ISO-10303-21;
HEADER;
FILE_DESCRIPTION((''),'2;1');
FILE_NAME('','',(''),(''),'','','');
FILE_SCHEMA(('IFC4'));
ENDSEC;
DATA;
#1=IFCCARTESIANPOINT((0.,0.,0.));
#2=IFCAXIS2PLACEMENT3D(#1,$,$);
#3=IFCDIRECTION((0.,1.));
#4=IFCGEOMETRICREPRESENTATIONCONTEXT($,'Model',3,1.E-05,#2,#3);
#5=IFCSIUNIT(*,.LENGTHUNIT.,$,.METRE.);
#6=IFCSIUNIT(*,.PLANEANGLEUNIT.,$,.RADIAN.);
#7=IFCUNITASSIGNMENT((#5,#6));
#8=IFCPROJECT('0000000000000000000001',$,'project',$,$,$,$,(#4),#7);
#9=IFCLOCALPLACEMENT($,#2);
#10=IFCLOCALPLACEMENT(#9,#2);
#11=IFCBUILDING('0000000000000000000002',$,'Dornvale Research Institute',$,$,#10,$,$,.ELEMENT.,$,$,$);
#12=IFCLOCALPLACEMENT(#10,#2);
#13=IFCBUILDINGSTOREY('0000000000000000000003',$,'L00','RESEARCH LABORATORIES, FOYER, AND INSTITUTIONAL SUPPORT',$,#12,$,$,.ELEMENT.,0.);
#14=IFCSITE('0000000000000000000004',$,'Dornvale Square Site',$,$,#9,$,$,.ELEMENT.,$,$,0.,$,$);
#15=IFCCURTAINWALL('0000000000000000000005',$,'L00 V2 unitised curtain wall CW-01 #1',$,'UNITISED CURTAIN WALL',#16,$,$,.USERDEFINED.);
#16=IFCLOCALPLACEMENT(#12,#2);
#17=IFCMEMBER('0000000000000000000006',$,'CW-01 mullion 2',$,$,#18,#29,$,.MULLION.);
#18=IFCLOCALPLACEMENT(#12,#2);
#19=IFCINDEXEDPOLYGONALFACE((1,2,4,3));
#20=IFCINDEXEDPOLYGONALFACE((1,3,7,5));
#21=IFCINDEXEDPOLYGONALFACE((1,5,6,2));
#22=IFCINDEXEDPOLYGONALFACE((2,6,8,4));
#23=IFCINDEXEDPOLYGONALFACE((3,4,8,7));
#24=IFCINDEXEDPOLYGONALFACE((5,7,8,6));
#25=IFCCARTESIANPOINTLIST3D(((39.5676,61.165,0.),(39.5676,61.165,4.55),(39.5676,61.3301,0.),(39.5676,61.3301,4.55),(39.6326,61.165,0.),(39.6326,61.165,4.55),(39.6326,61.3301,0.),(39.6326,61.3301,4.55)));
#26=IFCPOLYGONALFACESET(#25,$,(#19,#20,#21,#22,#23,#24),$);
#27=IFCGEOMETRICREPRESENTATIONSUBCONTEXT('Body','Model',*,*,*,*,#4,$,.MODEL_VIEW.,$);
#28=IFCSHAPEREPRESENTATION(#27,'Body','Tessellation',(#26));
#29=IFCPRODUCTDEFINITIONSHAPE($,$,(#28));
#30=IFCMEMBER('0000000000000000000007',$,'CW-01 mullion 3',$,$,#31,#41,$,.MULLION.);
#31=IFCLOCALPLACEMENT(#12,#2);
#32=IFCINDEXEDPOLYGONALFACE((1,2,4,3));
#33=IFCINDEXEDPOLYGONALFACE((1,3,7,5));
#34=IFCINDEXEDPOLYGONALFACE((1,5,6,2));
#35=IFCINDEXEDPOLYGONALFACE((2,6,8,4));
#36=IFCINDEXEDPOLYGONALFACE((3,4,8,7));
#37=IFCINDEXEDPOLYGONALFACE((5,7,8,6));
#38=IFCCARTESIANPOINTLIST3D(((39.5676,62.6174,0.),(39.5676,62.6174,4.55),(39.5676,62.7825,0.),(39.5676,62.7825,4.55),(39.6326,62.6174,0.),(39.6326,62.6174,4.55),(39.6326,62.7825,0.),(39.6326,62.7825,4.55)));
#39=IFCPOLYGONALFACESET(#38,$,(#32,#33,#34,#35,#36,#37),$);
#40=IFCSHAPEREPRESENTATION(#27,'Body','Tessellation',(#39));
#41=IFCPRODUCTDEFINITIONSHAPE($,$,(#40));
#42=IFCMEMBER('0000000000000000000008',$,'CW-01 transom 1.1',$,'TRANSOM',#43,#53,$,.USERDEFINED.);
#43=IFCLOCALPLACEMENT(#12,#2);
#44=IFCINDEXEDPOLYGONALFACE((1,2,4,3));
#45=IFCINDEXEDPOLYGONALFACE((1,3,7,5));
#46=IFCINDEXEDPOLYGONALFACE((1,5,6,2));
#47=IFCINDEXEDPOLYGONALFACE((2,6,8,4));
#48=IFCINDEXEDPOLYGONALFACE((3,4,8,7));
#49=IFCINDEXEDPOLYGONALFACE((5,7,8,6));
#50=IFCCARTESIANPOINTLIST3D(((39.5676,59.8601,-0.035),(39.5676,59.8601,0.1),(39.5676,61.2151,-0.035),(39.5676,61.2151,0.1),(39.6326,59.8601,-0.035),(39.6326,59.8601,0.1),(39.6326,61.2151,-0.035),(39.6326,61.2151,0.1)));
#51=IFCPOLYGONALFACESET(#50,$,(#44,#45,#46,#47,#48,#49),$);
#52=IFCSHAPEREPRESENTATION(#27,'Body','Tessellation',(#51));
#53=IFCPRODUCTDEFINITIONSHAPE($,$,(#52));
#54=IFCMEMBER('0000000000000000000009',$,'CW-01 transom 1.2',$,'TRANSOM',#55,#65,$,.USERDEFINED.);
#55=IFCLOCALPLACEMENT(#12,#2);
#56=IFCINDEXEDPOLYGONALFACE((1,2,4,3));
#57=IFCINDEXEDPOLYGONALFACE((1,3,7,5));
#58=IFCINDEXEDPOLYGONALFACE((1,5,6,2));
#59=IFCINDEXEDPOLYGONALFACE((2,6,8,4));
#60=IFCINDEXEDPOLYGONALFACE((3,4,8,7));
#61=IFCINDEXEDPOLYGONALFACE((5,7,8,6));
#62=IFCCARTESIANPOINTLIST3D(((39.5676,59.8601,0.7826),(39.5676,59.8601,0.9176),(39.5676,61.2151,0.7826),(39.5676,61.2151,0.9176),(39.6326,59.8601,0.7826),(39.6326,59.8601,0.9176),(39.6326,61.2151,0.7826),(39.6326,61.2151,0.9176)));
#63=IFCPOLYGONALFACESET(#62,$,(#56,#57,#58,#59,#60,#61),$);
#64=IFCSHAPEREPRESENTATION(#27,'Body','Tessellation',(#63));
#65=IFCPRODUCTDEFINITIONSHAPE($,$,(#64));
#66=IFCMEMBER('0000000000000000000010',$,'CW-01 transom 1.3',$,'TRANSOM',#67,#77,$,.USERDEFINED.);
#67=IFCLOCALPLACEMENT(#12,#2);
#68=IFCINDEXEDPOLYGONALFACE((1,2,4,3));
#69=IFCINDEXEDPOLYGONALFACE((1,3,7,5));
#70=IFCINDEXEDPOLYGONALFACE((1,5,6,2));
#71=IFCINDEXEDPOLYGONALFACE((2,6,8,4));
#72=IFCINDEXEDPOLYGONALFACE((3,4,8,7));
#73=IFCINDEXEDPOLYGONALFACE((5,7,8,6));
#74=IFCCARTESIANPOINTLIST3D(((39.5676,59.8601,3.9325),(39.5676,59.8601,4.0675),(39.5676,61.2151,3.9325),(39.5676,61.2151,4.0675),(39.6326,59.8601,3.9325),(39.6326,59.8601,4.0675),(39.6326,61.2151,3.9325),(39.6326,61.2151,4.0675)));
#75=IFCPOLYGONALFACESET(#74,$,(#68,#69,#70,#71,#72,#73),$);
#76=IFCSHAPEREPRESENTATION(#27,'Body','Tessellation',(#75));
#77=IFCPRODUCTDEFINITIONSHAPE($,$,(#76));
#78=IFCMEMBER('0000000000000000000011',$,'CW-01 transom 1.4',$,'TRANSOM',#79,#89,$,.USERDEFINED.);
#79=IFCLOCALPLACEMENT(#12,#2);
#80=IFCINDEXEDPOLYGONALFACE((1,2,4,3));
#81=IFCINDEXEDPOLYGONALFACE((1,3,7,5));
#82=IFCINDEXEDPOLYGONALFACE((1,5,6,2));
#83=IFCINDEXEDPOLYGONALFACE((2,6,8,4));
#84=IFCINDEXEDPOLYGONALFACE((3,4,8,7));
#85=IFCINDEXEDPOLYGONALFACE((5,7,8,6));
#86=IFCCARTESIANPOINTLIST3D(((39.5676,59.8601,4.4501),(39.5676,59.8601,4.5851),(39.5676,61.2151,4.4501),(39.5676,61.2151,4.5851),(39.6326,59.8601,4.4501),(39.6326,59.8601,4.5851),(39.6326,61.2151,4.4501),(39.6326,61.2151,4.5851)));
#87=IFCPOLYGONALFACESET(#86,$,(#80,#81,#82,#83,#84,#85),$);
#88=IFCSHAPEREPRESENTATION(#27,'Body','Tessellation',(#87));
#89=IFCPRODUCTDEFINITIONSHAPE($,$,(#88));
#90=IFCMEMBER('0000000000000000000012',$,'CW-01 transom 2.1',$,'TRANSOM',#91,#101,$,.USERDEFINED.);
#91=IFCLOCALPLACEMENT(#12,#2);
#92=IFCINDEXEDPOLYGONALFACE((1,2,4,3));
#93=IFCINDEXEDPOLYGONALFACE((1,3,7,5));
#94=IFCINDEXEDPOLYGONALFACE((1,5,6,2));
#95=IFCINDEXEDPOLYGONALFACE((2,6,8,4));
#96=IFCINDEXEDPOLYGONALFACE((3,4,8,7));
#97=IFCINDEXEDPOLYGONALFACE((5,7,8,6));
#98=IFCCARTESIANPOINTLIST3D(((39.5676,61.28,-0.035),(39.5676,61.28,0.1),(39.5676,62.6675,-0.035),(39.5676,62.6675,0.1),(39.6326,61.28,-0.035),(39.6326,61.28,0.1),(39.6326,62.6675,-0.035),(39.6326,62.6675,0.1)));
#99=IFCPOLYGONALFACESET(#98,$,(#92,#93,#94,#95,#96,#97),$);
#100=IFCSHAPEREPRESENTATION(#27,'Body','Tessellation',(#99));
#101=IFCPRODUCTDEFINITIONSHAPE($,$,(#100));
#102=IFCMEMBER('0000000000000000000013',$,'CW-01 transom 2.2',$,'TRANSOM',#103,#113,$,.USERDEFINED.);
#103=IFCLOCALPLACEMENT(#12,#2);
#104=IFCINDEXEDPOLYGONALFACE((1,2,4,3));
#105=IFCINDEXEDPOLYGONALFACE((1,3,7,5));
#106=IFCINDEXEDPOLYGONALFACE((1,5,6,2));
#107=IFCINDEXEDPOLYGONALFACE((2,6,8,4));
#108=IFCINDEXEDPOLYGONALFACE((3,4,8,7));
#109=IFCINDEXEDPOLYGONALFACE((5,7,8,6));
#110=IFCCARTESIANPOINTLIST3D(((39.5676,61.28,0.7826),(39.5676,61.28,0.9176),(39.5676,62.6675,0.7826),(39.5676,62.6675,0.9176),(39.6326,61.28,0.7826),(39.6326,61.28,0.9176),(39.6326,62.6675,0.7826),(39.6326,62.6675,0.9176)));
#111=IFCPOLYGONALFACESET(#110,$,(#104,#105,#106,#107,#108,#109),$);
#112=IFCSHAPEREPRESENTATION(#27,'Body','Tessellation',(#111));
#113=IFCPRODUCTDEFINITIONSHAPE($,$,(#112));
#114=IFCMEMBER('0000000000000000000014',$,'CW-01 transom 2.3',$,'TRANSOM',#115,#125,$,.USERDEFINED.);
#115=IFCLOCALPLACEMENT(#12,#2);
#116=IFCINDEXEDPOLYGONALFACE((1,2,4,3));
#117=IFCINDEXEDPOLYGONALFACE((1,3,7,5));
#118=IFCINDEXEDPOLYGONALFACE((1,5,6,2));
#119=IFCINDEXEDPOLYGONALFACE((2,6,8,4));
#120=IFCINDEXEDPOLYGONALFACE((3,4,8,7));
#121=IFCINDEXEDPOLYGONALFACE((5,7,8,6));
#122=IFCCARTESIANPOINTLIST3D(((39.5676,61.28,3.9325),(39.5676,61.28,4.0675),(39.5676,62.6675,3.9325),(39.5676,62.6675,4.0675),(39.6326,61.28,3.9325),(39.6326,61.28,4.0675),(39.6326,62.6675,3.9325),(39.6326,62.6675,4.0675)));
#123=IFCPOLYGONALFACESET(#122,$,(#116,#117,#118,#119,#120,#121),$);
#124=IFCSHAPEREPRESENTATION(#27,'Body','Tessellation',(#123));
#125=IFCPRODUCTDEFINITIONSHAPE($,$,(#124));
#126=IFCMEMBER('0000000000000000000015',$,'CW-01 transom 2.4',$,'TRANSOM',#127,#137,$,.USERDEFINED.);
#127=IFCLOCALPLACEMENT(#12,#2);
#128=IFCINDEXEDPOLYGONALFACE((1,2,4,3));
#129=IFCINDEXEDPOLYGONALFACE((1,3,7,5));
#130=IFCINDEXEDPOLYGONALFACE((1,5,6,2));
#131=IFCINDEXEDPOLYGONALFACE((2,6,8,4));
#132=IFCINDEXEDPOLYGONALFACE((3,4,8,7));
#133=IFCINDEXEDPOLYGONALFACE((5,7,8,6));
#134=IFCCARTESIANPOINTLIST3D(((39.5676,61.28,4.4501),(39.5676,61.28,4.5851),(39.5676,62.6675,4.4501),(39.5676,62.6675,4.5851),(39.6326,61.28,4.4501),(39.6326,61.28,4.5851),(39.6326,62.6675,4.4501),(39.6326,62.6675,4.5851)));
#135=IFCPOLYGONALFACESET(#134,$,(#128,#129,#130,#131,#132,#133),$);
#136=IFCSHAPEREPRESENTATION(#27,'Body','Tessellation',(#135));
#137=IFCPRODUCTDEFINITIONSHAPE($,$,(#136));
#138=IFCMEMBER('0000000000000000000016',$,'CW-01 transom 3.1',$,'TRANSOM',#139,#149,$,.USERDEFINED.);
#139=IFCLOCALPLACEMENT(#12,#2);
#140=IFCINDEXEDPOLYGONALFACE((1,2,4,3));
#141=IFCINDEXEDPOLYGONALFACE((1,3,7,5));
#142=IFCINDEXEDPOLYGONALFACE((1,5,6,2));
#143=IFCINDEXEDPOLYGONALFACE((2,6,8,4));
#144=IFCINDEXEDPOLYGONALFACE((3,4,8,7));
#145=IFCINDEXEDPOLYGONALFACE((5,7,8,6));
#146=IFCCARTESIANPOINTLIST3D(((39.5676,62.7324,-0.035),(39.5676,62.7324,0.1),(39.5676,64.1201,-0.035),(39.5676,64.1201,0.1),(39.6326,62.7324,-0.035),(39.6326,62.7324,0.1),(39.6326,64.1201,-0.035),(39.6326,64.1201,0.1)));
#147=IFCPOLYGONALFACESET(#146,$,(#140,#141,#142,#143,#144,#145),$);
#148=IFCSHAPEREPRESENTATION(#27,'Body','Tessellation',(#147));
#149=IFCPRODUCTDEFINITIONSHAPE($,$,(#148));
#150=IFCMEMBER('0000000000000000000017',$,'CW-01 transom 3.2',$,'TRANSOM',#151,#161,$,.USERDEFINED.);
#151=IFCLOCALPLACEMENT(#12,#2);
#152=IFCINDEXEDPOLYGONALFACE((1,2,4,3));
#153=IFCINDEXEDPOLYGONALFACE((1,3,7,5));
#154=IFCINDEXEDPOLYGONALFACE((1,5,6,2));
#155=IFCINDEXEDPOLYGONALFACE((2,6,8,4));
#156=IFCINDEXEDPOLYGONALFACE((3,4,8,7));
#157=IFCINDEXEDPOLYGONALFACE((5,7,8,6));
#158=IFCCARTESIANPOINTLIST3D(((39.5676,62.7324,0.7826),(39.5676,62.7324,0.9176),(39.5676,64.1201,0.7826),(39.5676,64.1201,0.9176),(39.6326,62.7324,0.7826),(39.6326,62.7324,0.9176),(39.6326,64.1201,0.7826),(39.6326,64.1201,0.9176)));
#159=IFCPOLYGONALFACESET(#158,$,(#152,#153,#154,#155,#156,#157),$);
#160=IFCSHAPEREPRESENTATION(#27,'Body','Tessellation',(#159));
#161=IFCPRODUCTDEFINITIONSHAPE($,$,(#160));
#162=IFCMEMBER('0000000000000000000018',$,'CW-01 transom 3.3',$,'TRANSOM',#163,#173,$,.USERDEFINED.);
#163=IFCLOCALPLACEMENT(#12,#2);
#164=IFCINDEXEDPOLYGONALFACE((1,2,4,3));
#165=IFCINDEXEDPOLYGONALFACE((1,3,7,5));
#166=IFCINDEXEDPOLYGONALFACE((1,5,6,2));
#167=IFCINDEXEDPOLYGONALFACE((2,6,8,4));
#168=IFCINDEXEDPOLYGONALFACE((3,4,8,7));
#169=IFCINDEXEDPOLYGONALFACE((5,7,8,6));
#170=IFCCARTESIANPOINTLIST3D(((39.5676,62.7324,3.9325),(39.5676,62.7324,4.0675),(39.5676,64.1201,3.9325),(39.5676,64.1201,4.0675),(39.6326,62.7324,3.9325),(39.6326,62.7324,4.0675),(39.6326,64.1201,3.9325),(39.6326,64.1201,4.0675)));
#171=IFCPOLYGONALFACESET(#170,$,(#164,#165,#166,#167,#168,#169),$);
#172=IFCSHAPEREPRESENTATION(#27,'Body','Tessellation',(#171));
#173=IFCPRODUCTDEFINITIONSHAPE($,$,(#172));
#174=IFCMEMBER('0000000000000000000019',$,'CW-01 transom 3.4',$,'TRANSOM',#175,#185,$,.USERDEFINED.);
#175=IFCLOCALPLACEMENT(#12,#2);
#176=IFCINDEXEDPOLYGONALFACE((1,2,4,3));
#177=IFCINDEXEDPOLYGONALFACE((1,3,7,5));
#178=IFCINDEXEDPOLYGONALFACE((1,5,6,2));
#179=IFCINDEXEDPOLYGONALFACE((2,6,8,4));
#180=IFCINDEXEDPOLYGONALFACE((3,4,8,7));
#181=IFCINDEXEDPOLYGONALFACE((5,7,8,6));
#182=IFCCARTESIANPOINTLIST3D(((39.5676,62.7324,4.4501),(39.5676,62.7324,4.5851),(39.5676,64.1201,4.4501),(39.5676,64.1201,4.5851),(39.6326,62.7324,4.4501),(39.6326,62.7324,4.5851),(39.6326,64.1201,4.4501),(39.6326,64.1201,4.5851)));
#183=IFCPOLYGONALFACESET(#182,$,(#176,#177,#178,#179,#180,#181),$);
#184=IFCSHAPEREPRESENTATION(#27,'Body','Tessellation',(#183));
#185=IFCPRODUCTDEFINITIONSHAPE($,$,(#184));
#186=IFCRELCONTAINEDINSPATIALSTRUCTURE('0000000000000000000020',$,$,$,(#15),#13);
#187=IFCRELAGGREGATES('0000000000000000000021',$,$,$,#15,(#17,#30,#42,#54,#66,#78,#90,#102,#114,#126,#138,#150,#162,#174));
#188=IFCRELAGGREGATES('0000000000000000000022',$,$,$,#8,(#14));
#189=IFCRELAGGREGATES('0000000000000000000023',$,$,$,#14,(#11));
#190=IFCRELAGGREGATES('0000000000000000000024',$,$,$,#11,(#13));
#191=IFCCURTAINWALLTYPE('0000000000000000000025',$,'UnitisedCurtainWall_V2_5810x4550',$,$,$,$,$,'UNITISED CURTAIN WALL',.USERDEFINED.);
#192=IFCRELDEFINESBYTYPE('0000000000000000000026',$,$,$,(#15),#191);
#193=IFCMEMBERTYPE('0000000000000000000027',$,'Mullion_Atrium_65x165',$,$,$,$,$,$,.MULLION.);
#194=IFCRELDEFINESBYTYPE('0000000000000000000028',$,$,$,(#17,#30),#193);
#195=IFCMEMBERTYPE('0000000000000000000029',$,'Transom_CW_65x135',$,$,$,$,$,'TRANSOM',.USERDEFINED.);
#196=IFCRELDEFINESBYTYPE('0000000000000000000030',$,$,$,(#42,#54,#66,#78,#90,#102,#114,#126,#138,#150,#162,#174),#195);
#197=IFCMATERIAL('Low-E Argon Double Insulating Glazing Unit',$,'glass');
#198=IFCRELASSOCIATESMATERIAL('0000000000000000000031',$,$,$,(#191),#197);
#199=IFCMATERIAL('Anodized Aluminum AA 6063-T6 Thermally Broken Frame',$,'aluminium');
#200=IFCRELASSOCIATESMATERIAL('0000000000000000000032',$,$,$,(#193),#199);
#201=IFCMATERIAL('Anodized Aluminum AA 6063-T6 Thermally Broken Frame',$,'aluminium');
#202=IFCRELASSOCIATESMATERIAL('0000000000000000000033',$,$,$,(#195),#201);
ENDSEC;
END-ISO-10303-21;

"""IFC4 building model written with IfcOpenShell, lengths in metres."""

from ifc_helpers import new_model, si_unit, direction, frame, origin, origin_2d, place, context, subcontext, project, spatial, rectangle, extrude, material, material_profile, profile_set, type_object, element, aggregate, save


model = new_model("IFC4")

# Units and contexts
model_context = context("Model", 3, precision=1e-05, world=origin(), true_north=direction((0.0, 1.0)))
body_context = subcontext(model_context, "Body", "Model", "MODEL_VIEW")
ifc_project = project(units=[si_unit("LENGTHUNIT", "METRE"), si_unit("PLANEANGLEUNIT", "RADIAN")], contexts=[model_context])

# Site, building, storey
site_placement = place(None, origin())
site = spatial("IfcSite", under=ifc_project, at=site_placement, Name="Dornvale Square Site", CompositionType="ELEMENT", RefElevation=0.0)
building_placement = place(site_placement, origin())
building = spatial("IfcBuilding", under=site, at=building_placement, Name="Dornvale Research Institute", CompositionType="ELEMENT")
storey_placement = place(building_placement, origin())
storey = spatial("IfcBuildingStorey", under=building, at=storey_placement, Name="L00", Description="RESEARCH LABORATORIES, FOYER, AND INSTITUTIONAL SUPPORT", CompositionType="ELEMENT", Elevation=0.0)

# Curtain wall, members
ifc_material_1 = material(Name="Low-E Argon Double Insulating Glazing Unit", Category="glass")
curtain_wall_type = type_object("IfcCurtainWallType", Name="UnitisedCurtainWall_V2_5810x4550", ElementType="UNITISED CURTAIN WALL", PredefinedType="USERDEFINED", material=ifc_material_1)
curtain_wall_placement = place(storey_placement, origin())
curtain_wall = element("IfcCurtainWall", 1, at=curtain_wall_placement, inside=storey, type_object=curtain_wall_type, Name="L00 V2 unitised curtain wall CW-01 #1", ObjectType="UNITISED CURTAIN WALL", PredefinedType="USERDEFINED")
ifc_material_2 = material(Name="Anodized Aluminum AA 6063-T6 Thermally Broken Frame", Category="aluminium")
ifc_material_profile_1 = material_profile(ifc_material_2, rectangle(XDim=0.0649, YDim=0.165, at=origin_2d()), Name="ALU MULLION 65x165")
ifc_profile_set_1 = profile_set([ifc_material_profile_1], Name="Anodized Aluminum AA 6063-T6 Thermally Broken Frame")
member_type_1 = type_object("IfcMemberType", Name="Mullion_Atrium_65x165", PredefinedType="MULLION", material=ifc_profile_set_1)
member_1_placement = place(storey_placement, frame((39.6001, 61.2476, 0.0), z_axis=(0.0, 0.0, 1.0), x_axis=(-1.0, 0.0, 0.0)))
member_1 = element("IfcMember", 2, at=member_1_placement, type_object=member_type_1, Name="CW-01 mullion 2", PredefinedType="MULLION", context=body_context, shape_type="SweptSolid", body=[
    extrude(rectangle(XDim=0.0649, YDim=0.165, at=origin_2d()), origin(), (0.0, 0.0, 1.0), 4.55),
])
member_2_placement = place(storey_placement, frame((39.6001, 62.7, 0.0), z_axis=(0.0, 0.0, 1.0), x_axis=(-1.0, 0.0, 0.0)))
member_2 = element("IfcMember", 3, at=member_2_placement, type_object=member_type_1, Name="CW-01 mullion 3", PredefinedType="MULLION", context=body_context, shape_type="SweptSolid", body=[
    extrude(rectangle(XDim=0.0649, YDim=0.165, at=origin_2d()), origin(), (0.0, 0.0, 1.0), 4.55),
])
ifc_material_3 = material(Name="Anodized Aluminum AA 6063-T6 Thermally Broken Frame", Category="aluminium")
ifc_material_profile_2 = material_profile(ifc_material_3, rectangle(XDim=0.0649, YDim=0.135, at=origin_2d()), Name="ALU TRANSOM 65x135")
ifc_profile_set_2 = profile_set([ifc_material_profile_2], Name="Anodized Aluminum AA 6063-T6 Thermally Broken Frame")
member_type_2 = type_object("IfcMemberType", Name="Transom_CW_65x135", ElementType="TRANSOM", PredefinedType="USERDEFINED", material=ifc_profile_set_2)
member_3_placement = place(storey_placement, frame((39.6001, 59.8601, 0.0325), z_axis=(0.0, 1.0, 0.0), x_axis=(-1.0, 0.0, 0.0)))
member_3 = element("IfcMember", 4, at=member_3_placement, type_object=member_type_2, Name="CW-01 transom 1.1", ObjectType="TRANSOM", PredefinedType="USERDEFINED", context=body_context, shape_type="SweptSolid", body=[
    extrude(rectangle(XDim=0.0649, YDim=0.135, at=origin_2d()), origin(), (0.0, 0.0, 1.0), 1.355),
])
member_4_placement = place(storey_placement, frame((39.6001, 59.8601, 0.8501), z_axis=(0.0, 1.0, 0.0), x_axis=(-1.0, 0.0, 0.0)))
member_4 = element("IfcMember", 5, at=member_4_placement, type_object=member_type_2, Name="CW-01 transom 1.2", ObjectType="TRANSOM", PredefinedType="USERDEFINED", context=body_context, shape_type="SweptSolid", body=[
    extrude(rectangle(XDim=0.0649, YDim=0.135, at=origin_2d()), origin(), (0.0, 0.0, 1.0), 1.355),
])
member_5_placement = place(storey_placement, frame((39.6001, 59.8601, 4.0), z_axis=(0.0, 1.0, 0.0), x_axis=(-1.0, 0.0, 0.0)))
member_5 = element("IfcMember", 6, at=member_5_placement, type_object=member_type_2, Name="CW-01 transom 1.3", ObjectType="TRANSOM", PredefinedType="USERDEFINED", context=body_context, shape_type="SweptSolid", body=[
    extrude(rectangle(XDim=0.0649, YDim=0.135, at=origin_2d()), origin(), (0.0, 0.0, 1.0), 1.355),
])
member_6_placement = place(storey_placement, frame((39.6001, 59.8601, 4.5176), z_axis=(0.0, 1.0, 0.0), x_axis=(-1.0, 0.0, 0.0)))
member_6 = element("IfcMember", 7, at=member_6_placement, type_object=member_type_2, Name="CW-01 transom 1.4", ObjectType="TRANSOM", PredefinedType="USERDEFINED", context=body_context, shape_type="SweptSolid", body=[
    extrude(rectangle(XDim=0.0649, YDim=0.135, at=origin_2d()), origin(), (0.0, 0.0, 1.0), 1.355),
])
member_7_placement = place(storey_placement, frame((39.6001, 61.28, 0.0325), z_axis=(0.0, 1.0, 0.0), x_axis=(-1.0, 0.0, 0.0)))
member_7 = element("IfcMember", 8, at=member_7_placement, type_object=member_type_2, Name="CW-01 transom 2.1", ObjectType="TRANSOM", PredefinedType="USERDEFINED", context=body_context, shape_type="SweptSolid", body=[
    extrude(rectangle(XDim=0.0649, YDim=0.135, at=origin_2d()), origin(), (0.0, 0.0, 1.0), 1.3875),
])
member_8_placement = place(storey_placement, frame((39.6001, 61.28, 0.8501), z_axis=(0.0, 1.0, 0.0), x_axis=(-1.0, 0.0, 0.0)))
member_8 = element("IfcMember", 9, at=member_8_placement, type_object=member_type_2, Name="CW-01 transom 2.2", ObjectType="TRANSOM", PredefinedType="USERDEFINED", context=body_context, shape_type="SweptSolid", body=[
    extrude(rectangle(XDim=0.0649, YDim=0.135, at=origin_2d()), origin(), (0.0, 0.0, 1.0), 1.3875),
])
member_9_placement = place(storey_placement, frame((39.6001, 61.28, 4.0), z_axis=(0.0, 1.0, 0.0), x_axis=(-1.0, 0.0, 0.0)))
member_9 = element("IfcMember", 10, at=member_9_placement, type_object=member_type_2, Name="CW-01 transom 2.3", ObjectType="TRANSOM", PredefinedType="USERDEFINED", context=body_context, shape_type="SweptSolid", body=[
    extrude(rectangle(XDim=0.0649, YDim=0.135, at=origin_2d()), origin(), (0.0, 0.0, 1.0), 1.3875),
])
member_10_placement = place(storey_placement, frame((39.6001, 61.28, 4.5176), z_axis=(0.0, 1.0, 0.0), x_axis=(-1.0, 0.0, 0.0)))
member_10 = element("IfcMember", 11, at=member_10_placement, type_object=member_type_2, Name="CW-01 transom 2.4", ObjectType="TRANSOM", PredefinedType="USERDEFINED", context=body_context, shape_type="SweptSolid", body=[
    extrude(rectangle(XDim=0.0649, YDim=0.135, at=origin_2d()), origin(), (0.0, 0.0, 1.0), 1.3875),
])
member_11_placement = place(storey_placement, frame((39.6001, 62.7324, 0.0325), z_axis=(0.0, 1.0, 0.0), x_axis=(-1.0, 0.0, 0.0)))
member_11 = element("IfcMember", 12, at=member_11_placement, type_object=member_type_2, Name="CW-01 transom 3.1", ObjectType="TRANSOM", PredefinedType="USERDEFINED", context=body_context, shape_type="SweptSolid", body=[
    extrude(rectangle(XDim=0.0649, YDim=0.135, at=origin_2d()), origin(), (0.0, 0.0, 1.0), 1.3877),
])
member_12_placement = place(storey_placement, frame((39.6001, 62.7324, 0.8501), z_axis=(0.0, 1.0, 0.0), x_axis=(-1.0, 0.0, 0.0)))
member_12 = element("IfcMember", 13, at=member_12_placement, type_object=member_type_2, Name="CW-01 transom 3.2", ObjectType="TRANSOM", PredefinedType="USERDEFINED", context=body_context, shape_type="SweptSolid", body=[
    extrude(rectangle(XDim=0.0649, YDim=0.135, at=origin_2d()), origin(), (0.0, 0.0, 1.0), 1.3877),
])
member_13_placement = place(storey_placement, frame((39.6001, 62.7324, 4.0), z_axis=(0.0, 1.0, 0.0), x_axis=(-1.0, 0.0, 0.0)))
member_13 = element("IfcMember", 14, at=member_13_placement, type_object=member_type_2, Name="CW-01 transom 3.3", ObjectType="TRANSOM", PredefinedType="USERDEFINED", context=body_context, shape_type="SweptSolid", body=[
    extrude(rectangle(XDim=0.0649, YDim=0.135, at=origin_2d()), origin(), (0.0, 0.0, 1.0), 1.3877),
])
member_14_placement = place(storey_placement, frame((39.6001, 62.7324, 4.5176), z_axis=(0.0, 1.0, 0.0), x_axis=(-1.0, 0.0, 0.0)))
member_14 = element("IfcMember", 15, at=member_14_placement, type_object=member_type_2, Name="CW-01 transom 3.4", ObjectType="TRANSOM", PredefinedType="USERDEFINED", context=body_context, shape_type="SweptSolid", body=[
    extrude(rectangle(XDim=0.0649, YDim=0.135, at=origin_2d()), origin(), (0.0, 0.0, 1.0), 1.3877),
])
aggregate(curtain_wall, [member_1, member_2, member_3, member_4, member_5, member_6, member_7, member_8, member_9, member_10, member_11, member_12, member_13, member_14])

save(model, "model.ifc")
